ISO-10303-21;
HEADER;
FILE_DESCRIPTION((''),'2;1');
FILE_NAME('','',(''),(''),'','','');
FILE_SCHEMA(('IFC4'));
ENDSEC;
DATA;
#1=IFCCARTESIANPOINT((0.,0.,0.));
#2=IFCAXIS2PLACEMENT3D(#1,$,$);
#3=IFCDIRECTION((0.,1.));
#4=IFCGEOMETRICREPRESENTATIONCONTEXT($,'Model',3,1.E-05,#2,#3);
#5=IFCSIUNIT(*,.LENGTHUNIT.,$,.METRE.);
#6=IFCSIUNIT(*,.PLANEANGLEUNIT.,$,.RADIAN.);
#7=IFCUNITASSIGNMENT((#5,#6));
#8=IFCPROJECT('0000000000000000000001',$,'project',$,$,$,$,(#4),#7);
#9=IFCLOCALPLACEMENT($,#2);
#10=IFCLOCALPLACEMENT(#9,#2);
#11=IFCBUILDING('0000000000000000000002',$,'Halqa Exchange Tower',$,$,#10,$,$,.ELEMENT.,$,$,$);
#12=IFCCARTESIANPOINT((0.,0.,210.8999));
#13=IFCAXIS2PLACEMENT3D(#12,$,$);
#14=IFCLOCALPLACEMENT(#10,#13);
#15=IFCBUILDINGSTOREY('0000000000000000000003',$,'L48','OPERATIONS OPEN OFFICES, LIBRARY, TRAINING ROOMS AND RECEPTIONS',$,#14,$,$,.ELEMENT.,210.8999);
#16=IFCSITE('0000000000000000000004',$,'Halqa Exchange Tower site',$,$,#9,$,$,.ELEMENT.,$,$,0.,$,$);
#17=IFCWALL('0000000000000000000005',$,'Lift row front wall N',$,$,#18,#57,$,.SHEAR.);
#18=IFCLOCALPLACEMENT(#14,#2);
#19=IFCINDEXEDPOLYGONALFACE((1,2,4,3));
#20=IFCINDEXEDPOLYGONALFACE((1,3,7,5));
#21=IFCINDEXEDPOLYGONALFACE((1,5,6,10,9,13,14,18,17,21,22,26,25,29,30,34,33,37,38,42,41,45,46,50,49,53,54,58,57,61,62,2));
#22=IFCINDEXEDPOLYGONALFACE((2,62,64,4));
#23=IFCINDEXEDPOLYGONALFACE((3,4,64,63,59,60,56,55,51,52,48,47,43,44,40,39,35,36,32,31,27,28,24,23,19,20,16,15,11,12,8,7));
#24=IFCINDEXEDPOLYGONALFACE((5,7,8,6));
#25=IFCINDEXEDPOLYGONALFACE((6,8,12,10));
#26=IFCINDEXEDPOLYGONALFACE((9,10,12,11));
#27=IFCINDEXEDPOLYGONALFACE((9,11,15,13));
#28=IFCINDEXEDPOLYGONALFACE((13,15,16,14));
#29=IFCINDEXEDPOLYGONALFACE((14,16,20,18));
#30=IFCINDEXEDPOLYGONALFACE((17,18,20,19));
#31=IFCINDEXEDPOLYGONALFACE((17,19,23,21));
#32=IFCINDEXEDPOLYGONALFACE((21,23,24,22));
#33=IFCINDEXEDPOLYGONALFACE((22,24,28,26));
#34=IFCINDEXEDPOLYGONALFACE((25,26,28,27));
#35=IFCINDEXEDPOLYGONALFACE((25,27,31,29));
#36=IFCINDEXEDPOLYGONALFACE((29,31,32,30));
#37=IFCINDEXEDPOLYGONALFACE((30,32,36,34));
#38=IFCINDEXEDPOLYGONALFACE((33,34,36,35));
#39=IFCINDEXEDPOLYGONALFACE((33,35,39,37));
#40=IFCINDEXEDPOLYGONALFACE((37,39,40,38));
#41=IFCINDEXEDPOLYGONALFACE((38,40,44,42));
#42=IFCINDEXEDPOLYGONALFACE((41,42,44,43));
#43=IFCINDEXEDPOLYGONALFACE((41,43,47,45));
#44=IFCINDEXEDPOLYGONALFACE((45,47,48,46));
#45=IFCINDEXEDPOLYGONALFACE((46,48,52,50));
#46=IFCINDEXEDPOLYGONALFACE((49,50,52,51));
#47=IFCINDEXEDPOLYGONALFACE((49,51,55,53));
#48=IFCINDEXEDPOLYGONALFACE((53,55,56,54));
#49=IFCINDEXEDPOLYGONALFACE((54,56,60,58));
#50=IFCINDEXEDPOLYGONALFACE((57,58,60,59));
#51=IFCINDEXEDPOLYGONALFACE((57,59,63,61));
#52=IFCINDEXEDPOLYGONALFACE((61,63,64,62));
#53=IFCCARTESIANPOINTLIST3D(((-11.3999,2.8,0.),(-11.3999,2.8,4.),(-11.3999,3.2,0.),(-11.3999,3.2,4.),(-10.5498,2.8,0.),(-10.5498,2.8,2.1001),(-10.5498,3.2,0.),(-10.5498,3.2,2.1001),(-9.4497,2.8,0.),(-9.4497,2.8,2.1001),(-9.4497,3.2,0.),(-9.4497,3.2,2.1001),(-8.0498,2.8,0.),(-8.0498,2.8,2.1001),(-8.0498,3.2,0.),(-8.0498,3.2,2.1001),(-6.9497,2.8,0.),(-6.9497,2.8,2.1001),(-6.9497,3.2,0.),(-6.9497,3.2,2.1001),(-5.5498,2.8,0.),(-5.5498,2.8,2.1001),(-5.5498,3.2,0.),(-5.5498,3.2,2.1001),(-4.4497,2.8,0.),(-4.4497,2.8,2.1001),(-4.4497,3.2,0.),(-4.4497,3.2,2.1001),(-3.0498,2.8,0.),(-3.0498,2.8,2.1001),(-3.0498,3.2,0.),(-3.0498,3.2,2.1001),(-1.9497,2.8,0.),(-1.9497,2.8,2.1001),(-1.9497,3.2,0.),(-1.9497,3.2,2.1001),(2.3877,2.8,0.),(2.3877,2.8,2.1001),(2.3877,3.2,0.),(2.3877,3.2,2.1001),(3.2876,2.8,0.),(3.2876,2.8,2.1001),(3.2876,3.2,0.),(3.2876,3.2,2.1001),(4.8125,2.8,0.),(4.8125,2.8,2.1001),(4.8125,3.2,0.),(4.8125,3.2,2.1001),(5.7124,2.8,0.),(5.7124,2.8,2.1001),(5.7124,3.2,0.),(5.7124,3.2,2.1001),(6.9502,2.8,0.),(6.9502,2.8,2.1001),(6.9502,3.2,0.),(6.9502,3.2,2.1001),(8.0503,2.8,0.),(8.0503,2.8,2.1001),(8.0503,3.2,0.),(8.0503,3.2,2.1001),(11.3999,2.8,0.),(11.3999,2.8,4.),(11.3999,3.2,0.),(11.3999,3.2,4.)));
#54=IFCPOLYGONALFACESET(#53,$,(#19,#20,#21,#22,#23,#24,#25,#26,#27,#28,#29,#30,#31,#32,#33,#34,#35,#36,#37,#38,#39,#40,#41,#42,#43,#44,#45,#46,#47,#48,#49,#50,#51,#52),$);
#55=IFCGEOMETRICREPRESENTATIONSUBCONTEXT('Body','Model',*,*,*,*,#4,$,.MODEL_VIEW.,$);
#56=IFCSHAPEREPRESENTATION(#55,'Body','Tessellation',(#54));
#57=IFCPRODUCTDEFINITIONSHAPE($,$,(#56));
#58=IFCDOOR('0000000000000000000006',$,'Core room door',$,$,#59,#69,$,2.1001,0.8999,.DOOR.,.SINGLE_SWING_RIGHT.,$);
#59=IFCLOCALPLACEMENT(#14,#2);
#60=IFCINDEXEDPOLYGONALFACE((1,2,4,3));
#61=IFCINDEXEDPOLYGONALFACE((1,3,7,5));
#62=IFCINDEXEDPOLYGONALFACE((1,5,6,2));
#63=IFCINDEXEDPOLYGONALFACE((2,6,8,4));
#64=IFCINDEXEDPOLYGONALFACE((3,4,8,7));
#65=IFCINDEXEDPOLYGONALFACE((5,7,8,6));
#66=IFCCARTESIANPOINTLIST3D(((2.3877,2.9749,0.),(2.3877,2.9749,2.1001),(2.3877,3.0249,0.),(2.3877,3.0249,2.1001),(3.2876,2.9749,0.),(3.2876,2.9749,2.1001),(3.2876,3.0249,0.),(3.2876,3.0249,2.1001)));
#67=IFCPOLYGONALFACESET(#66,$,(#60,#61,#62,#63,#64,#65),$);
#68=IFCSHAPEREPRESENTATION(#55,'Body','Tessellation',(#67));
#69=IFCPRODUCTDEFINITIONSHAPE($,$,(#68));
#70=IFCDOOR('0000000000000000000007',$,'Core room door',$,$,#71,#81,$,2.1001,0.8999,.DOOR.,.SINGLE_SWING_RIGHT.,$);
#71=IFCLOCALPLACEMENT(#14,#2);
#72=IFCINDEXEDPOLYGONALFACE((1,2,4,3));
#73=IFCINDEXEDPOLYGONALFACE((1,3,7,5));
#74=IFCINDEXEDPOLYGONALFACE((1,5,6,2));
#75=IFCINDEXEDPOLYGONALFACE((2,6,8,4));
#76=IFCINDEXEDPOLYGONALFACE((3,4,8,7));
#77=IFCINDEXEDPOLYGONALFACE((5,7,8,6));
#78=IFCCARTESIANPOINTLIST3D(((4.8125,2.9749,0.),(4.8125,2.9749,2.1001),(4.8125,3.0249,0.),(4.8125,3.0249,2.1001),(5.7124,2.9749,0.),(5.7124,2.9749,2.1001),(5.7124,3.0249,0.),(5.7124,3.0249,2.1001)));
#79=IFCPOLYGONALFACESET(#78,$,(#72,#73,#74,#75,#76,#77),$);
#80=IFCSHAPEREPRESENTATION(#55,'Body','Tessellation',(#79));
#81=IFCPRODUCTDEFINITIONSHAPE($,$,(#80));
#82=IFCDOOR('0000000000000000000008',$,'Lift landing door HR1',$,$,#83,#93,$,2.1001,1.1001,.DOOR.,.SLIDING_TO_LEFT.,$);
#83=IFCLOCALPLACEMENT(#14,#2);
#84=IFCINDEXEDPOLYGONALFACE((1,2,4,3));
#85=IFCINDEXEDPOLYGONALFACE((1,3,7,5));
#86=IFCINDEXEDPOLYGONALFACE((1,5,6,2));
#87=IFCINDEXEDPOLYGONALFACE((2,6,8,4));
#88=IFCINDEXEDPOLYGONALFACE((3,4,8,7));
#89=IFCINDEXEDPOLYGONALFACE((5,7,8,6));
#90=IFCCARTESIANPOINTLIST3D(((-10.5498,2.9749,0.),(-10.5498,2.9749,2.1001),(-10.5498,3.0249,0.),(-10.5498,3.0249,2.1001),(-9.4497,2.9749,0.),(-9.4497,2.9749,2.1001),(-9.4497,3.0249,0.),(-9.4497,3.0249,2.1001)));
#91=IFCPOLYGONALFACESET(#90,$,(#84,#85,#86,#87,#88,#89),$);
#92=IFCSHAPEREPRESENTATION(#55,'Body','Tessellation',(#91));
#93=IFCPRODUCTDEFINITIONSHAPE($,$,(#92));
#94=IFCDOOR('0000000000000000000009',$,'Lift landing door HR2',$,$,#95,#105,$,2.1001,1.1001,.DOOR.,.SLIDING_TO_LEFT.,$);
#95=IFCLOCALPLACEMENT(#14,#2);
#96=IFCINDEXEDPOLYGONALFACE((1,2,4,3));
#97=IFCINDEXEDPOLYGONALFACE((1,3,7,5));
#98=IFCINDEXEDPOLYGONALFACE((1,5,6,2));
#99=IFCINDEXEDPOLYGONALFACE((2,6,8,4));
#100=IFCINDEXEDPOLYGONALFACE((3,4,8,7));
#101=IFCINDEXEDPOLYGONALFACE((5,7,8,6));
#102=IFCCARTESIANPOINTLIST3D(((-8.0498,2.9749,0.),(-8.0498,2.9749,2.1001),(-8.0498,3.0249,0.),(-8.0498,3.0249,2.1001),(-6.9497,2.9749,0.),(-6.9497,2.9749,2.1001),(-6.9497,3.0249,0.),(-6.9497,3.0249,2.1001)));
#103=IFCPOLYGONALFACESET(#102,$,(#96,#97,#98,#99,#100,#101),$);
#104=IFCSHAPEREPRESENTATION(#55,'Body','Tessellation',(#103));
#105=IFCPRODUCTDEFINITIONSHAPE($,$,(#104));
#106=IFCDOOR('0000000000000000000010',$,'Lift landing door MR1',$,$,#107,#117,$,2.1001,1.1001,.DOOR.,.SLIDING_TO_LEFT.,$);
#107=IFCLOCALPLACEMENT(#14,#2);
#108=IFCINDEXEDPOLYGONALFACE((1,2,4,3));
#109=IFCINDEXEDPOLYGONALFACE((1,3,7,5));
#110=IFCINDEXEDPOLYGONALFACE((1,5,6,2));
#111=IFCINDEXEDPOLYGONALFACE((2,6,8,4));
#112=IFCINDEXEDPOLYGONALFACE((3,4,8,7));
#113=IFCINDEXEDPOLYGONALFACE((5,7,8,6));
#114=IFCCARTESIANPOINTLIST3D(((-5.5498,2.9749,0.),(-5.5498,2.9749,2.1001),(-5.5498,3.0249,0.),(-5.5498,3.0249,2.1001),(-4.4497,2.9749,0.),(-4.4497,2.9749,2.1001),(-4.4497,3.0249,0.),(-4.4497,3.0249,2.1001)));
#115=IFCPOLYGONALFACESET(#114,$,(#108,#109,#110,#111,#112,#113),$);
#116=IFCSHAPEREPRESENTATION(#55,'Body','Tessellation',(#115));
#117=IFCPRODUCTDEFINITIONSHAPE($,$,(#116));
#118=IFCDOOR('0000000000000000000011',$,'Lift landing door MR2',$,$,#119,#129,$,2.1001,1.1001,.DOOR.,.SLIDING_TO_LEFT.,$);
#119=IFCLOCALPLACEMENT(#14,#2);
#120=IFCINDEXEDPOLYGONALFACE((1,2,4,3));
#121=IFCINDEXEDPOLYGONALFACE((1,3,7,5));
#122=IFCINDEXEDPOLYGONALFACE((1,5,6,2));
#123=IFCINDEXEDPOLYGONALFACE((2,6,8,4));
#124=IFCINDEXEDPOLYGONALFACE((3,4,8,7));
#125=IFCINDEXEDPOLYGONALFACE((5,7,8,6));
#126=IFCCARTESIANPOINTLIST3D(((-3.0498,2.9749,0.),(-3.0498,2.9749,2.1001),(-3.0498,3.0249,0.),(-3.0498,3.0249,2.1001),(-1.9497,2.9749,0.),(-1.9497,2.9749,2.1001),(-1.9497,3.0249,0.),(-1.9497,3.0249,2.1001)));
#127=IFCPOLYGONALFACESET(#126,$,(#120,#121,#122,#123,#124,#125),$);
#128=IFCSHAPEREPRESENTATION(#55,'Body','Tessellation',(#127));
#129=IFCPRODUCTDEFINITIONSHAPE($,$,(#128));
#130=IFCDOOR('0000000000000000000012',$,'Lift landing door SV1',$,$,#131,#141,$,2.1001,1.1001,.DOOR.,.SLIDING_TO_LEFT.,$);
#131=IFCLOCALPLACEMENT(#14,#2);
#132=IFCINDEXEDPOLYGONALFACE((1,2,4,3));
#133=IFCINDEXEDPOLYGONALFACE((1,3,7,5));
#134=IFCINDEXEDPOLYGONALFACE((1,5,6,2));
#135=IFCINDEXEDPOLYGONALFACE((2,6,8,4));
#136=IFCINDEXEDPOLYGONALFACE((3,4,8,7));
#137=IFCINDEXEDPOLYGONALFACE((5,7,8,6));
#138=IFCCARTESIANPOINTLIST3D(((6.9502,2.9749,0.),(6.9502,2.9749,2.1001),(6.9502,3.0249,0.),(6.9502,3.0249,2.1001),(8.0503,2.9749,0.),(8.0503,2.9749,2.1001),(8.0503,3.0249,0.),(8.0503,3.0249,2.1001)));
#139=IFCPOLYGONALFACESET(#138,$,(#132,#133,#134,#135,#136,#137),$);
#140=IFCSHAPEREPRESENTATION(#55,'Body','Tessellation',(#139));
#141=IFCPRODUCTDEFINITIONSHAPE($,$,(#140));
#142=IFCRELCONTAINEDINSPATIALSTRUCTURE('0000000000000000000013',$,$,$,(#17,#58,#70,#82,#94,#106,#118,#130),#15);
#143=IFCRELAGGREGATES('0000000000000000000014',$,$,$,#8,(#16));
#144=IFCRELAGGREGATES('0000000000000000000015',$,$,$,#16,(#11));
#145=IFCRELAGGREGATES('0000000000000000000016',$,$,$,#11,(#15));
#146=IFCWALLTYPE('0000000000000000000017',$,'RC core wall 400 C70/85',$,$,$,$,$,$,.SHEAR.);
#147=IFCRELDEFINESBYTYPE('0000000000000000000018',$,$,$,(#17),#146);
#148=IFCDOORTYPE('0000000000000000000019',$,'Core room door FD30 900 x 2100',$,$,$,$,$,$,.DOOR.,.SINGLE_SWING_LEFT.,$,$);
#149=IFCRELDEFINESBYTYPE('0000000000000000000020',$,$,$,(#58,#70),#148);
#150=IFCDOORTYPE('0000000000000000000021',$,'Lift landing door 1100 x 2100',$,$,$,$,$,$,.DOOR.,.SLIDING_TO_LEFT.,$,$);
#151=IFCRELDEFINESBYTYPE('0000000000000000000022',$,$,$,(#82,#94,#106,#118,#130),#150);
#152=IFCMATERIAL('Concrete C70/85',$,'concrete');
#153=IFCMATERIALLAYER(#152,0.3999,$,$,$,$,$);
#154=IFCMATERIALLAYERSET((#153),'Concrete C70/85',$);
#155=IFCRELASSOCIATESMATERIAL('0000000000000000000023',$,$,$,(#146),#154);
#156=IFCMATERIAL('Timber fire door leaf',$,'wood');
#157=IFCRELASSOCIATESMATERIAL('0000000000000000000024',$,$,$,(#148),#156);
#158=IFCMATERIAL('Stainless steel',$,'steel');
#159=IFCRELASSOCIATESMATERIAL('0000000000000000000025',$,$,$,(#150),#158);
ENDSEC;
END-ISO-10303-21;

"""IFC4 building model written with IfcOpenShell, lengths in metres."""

from ifc_helpers import new_model, si_unit, direction, frame, frame_2d, origin, place, context, subcontext, project, spatial, rectangle, extrude, material, layer, layer_set, type_object, element, fill, save


model = new_model("IFC4")

# Units and contexts
model_context = context("Model", 3, precision=1e-05, world=origin(), true_north=direction((0.0, 1.0)))
body_context = subcontext(model_context, "Body", "Model", "MODEL_VIEW")
ifc_project = project(units=[si_unit("LENGTHUNIT", "METRE"), si_unit("PLANEANGLEUNIT", "RADIAN")], contexts=[model_context])

# Site, building, storey
site_placement = place(None, origin())
site = spatial("IfcSite", under=ifc_project, at=site_placement, Name="Halqa Exchange Tower site", CompositionType="ELEMENT", RefElevation=0.0)
building_placement = place(site_placement, origin())
building = spatial("IfcBuilding", under=site, at=building_placement, Name="Halqa Exchange Tower", CompositionType="ELEMENT")
storey_placement = place(building_placement, frame((0.0, 0.0, 210.8999)))
storey = spatial("IfcBuildingStorey", under=building, at=storey_placement, Name="L48", Description="OPERATIONS OPEN OFFICES, LIBRARY, TRAINING ROOMS AND RECEPTIONS", CompositionType="ELEMENT", Elevation=210.8999)

# Wall, openings, doors
ifc_material_1 = material(Name="Concrete C70/85", Category="concrete")
ifc_layer_1 = layer(ifc_material_1, 0.3999)
ifc_layer_set_1 = layer_set([ifc_layer_1], Name="Concrete C70/85")
wall_type_1 = type_object("IfcWallType", Name="RC core wall 400 C70/85", PredefinedType="SHEAR", material=ifc_layer_set_1)
wall_1_placement = place(storey_placement, frame((-11.3999, 3.0, 0.0), z_axis=(0.0, 0.0, 1.0), x_axis=(1.0, 0.0, 0.0)))
wall_1 = element("IfcWall", 1, at=wall_1_placement, inside=storey, type_object=wall_type_1, Name="Lift row front wall N", PredefinedType="SHEAR", context=body_context, shape_type="SweptSolid", body=[
    extrude(rectangle(XDim=22.7998, YDim=0.3999, at=frame_2d((11.3999, 0.0))), origin(), (0.0, 0.0, 1.0), 4.0),
])
opening_1_placement = place(wall_1_placement, frame((0.8501, 0.0, 0.0)))
opening_1 = element("IfcOpeningElement", 2, at=opening_1_placement, cuts=wall_1, PredefinedType="OPENING", context=body_context, shape_type="SweptSolid", body=[
    extrude(rectangle(XDim=1.1001, YDim=2.1001, at=frame_2d((0.55, 1.05))), frame((0.0, 0.2119, 0.0), z_axis=(0.0, -1.0, 0.0), x_axis=(1.0, 0.0, 0.0)), (0.0, 0.0, 1.0), 0.4238),
])
opening_2_placement = place(wall_1_placement, frame((3.3501, 0.0, 0.0)))
opening_2 = element("IfcOpeningElement", 3, at=opening_2_placement, cuts=wall_1, PredefinedType="OPENING", context=body_context, shape_type="SweptSolid", body=[
    extrude(rectangle(XDim=1.1001, YDim=2.1001, at=frame_2d((0.55, 1.05))), frame((0.0, 0.2119, 0.0), z_axis=(0.0, -1.0, 0.0), x_axis=(1.0, 0.0, 0.0)), (0.0, 0.0, 1.0), 0.4238),
])
opening_3_placement = place(wall_1_placement, frame((5.8501, 0.0, 0.0)))
opening_3 = element("IfcOpeningElement", 4, at=opening_3_placement, cuts=wall_1, PredefinedType="OPENING", context=body_context, shape_type="SweptSolid", body=[
    extrude(rectangle(XDim=1.1001, YDim=2.1001, at=frame_2d((0.55, 1.05))), frame((0.0, 0.2119, 0.0), z_axis=(0.0, -1.0, 0.0), x_axis=(1.0, 0.0, 0.0)), (0.0, 0.0, 1.0), 0.4238),
])
opening_4_placement = place(wall_1_placement, frame((8.3501, 0.0, 0.0)))
opening_4 = element("IfcOpeningElement", 5, at=opening_4_placement, cuts=wall_1, PredefinedType="OPENING", context=body_context, shape_type="SweptSolid", body=[
    extrude(rectangle(XDim=1.1001, YDim=2.1001, at=frame_2d((0.55, 1.05))), frame((0.0, 0.2119, 0.0), z_axis=(0.0, -1.0, 0.0), x_axis=(1.0, 0.0, 0.0)), (0.0, 0.0, 1.0), 0.4238),
])
opening_5_placement = place(wall_1_placement, frame((18.3501, 0.0, 0.0)))
opening_5 = element("IfcOpeningElement", 6, at=opening_5_placement, cuts=wall_1, PredefinedType="OPENING", context=body_context, shape_type="SweptSolid", body=[
    extrude(rectangle(XDim=1.1001, YDim=2.1001, at=frame_2d((0.55, 1.05))), frame((0.0, 0.2119, 0.0), z_axis=(0.0, -1.0, 0.0), x_axis=(1.0, 0.0, 0.0)), (0.0, 0.0, 1.0), 0.4238),
])
opening_6_placement = place(wall_1_placement, frame((13.7876, 0.0, 0.0)))
opening_6 = element("IfcOpeningElement", 7, at=opening_6_placement, cuts=wall_1, PredefinedType="OPENING", context=body_context, shape_type="SweptSolid", body=[
    extrude(rectangle(XDim=0.8999, YDim=2.1001, at=frame_2d((0.45, 1.05))), frame((0.0, 0.2119, 0.0), z_axis=(0.0, -1.0, 0.0), x_axis=(1.0, 0.0, 0.0)), (0.0, 0.0, 1.0), 0.4238),
])
opening_7_placement = place(wall_1_placement, frame((16.2124, 0.0, 0.0)))
opening_7 = element("IfcOpeningElement", 8, at=opening_7_placement, cuts=wall_1, PredefinedType="OPENING", context=body_context, shape_type="SweptSolid", body=[
    extrude(rectangle(XDim=0.8999, YDim=2.1001, at=frame_2d((0.45, 1.05))), frame((0.0, 0.2119, 0.0), z_axis=(0.0, -1.0, 0.0), x_axis=(1.0, 0.0, 0.0)), (0.0, 0.0, 1.0), 0.4238),
])
ifc_material_2 = material(Name="Timber fire door leaf", Category="wood")
door_type_1 = type_object("IfcDoorType", Name="Core room door FD30 900 x 2100", OperationType="SINGLE_SWING_LEFT", PredefinedType="DOOR", material=ifc_material_2)
door_1_placement = place(opening_6_placement, origin())
door_1 = element("IfcDoor", 9, at=door_1_placement, inside=storey, type_object=door_type_1, Name="Core room door", OperationType="SINGLE_SWING_RIGHT", OverallHeight=2.1001, OverallWidth=0.8999, PredefinedType="DOOR", context=body_context, shape_type="SweptSolid", body=[
    extrude(rectangle(XDim=0.8999, YDim=2.1001, at=frame_2d((0.45, 1.05))), frame((0.0, 0.0249, 0.0), z_axis=(0.0, -1.0, 0.0), x_axis=(1.0, 0.0, 0.0)), (0.0, 0.0, 1.0), 0.05),
])
fill(opening_6, door_1)
door_2_placement = place(opening_7_placement, origin())
door_2 = element("IfcDoor", 10, at=door_2_placement, inside=storey, type_object=door_type_1, Name="Core room door", OperationType="SINGLE_SWING_RIGHT", OverallHeight=2.1001, OverallWidth=0.8999, PredefinedType="DOOR", context=body_context, shape_type="SweptSolid", body=[
    extrude(rectangle(XDim=0.8999, YDim=2.1001, at=frame_2d((0.45, 1.05))), frame((0.0, 0.0249, 0.0), z_axis=(0.0, -1.0, 0.0), x_axis=(1.0, 0.0, 0.0)), (0.0, 0.0, 1.0), 0.05),
])
fill(opening_7, door_2)
ifc_material_3 = material(Name="Stainless steel", Category="steel")
door_type_2 = type_object("IfcDoorType", Name="Lift landing door 1100 x 2100", OperationType="SLIDING_TO_LEFT", PredefinedType="DOOR", material=ifc_material_3)
door_3_placement = place(opening_1_placement, origin())
door_3 = element("IfcDoor", 11, at=door_3_placement, inside=storey, type_object=door_type_2, Name="Lift landing door HR1", OperationType="SLIDING_TO_LEFT", OverallHeight=2.1001, OverallWidth=1.1001, PredefinedType="DOOR", context=body_context, shape_type="SweptSolid", body=[
    extrude(rectangle(XDim=1.1001, YDim=2.1001, at=frame_2d((0.55, 1.05))), frame((0.0, 0.0249, 0.0), z_axis=(0.0, -1.0, 0.0), x_axis=(1.0, 0.0, 0.0)), (0.0, 0.0, 1.0), 0.05),
])
fill(opening_1, door_3)
door_4_placement = place(opening_2_placement, origin())
door_4 = element("IfcDoor", 12, at=door_4_placement, inside=storey, type_object=door_type_2, Name="Lift landing door HR2", OperationType="SLIDING_TO_LEFT", OverallHeight=2.1001, OverallWidth=1.1001, PredefinedType="DOOR", context=body_context, shape_type="SweptSolid", body=[
    extrude(rectangle(XDim=1.1001, YDim=2.1001, at=frame_2d((0.55, 1.05))), frame((0.0, 0.0249, 0.0), z_axis=(0.0, -1.0, 0.0), x_axis=(1.0, 0.0, 0.0)), (0.0, 0.0, 1.0), 0.05),
])
fill(opening_2, door_4)
door_5_placement = place(opening_3_placement, origin())
door_5 = element("IfcDoor", 13, at=door_5_placement, inside=storey, type_object=door_type_2, Name="Lift landing door MR1", OperationType="SLIDING_TO_LEFT", OverallHeight=2.1001, OverallWidth=1.1001, PredefinedType="DOOR", context=body_context, shape_type="SweptSolid", body=[
    extrude(rectangle(XDim=1.1001, YDim=2.1001, at=frame_2d((0.55, 1.05))), frame((0.0, 0.0249, 0.0), z_axis=(0.0, -1.0, 0.0), x_axis=(1.0, 0.0, 0.0)), (0.0, 0.0, 1.0), 0.05),
])
fill(opening_3, door_5)
door_6_placement = place(opening_4_placement, origin())
door_6 = element("IfcDoor", 14, at=door_6_placement, inside=storey, type_object=door_type_2, Name="Lift landing door MR2", OperationType="SLIDING_TO_LEFT", OverallHeight=2.1001, OverallWidth=1.1001, PredefinedType="DOOR", context=body_context, shape_type="SweptSolid", body=[
    extrude(rectangle(XDim=1.1001, YDim=2.1001, at=frame_2d((0.55, 1.05))), frame((0.0, 0.0249, 0.0), z_axis=(0.0, -1.0, 0.0), x_axis=(1.0, 0.0, 0.0)), (0.0, 0.0, 1.0), 0.05),
])
fill(opening_4, door_6)
door_7_placement = place(opening_5_placement, origin())
door_7 = element("IfcDoor", 15, at=door_7_placement, inside=storey, type_object=door_type_2, Name="Lift landing door SV1", OperationType="SLIDING_TO_LEFT", OverallHeight=2.1001, OverallWidth=1.1001, PredefinedType="DOOR", context=body_context, shape_type="SweptSolid", body=[
    extrude(rectangle(XDim=1.1001, YDim=2.1001, at=frame_2d((0.55, 1.05))), frame((0.0, 0.0249, 0.0), z_axis=(0.0, -1.0, 0.0), x_axis=(1.0, 0.0, 0.0)), (0.0, 0.0, 1.0), 0.05),
])
fill(opening_5, door_7)

save(model, "model.ifc")
